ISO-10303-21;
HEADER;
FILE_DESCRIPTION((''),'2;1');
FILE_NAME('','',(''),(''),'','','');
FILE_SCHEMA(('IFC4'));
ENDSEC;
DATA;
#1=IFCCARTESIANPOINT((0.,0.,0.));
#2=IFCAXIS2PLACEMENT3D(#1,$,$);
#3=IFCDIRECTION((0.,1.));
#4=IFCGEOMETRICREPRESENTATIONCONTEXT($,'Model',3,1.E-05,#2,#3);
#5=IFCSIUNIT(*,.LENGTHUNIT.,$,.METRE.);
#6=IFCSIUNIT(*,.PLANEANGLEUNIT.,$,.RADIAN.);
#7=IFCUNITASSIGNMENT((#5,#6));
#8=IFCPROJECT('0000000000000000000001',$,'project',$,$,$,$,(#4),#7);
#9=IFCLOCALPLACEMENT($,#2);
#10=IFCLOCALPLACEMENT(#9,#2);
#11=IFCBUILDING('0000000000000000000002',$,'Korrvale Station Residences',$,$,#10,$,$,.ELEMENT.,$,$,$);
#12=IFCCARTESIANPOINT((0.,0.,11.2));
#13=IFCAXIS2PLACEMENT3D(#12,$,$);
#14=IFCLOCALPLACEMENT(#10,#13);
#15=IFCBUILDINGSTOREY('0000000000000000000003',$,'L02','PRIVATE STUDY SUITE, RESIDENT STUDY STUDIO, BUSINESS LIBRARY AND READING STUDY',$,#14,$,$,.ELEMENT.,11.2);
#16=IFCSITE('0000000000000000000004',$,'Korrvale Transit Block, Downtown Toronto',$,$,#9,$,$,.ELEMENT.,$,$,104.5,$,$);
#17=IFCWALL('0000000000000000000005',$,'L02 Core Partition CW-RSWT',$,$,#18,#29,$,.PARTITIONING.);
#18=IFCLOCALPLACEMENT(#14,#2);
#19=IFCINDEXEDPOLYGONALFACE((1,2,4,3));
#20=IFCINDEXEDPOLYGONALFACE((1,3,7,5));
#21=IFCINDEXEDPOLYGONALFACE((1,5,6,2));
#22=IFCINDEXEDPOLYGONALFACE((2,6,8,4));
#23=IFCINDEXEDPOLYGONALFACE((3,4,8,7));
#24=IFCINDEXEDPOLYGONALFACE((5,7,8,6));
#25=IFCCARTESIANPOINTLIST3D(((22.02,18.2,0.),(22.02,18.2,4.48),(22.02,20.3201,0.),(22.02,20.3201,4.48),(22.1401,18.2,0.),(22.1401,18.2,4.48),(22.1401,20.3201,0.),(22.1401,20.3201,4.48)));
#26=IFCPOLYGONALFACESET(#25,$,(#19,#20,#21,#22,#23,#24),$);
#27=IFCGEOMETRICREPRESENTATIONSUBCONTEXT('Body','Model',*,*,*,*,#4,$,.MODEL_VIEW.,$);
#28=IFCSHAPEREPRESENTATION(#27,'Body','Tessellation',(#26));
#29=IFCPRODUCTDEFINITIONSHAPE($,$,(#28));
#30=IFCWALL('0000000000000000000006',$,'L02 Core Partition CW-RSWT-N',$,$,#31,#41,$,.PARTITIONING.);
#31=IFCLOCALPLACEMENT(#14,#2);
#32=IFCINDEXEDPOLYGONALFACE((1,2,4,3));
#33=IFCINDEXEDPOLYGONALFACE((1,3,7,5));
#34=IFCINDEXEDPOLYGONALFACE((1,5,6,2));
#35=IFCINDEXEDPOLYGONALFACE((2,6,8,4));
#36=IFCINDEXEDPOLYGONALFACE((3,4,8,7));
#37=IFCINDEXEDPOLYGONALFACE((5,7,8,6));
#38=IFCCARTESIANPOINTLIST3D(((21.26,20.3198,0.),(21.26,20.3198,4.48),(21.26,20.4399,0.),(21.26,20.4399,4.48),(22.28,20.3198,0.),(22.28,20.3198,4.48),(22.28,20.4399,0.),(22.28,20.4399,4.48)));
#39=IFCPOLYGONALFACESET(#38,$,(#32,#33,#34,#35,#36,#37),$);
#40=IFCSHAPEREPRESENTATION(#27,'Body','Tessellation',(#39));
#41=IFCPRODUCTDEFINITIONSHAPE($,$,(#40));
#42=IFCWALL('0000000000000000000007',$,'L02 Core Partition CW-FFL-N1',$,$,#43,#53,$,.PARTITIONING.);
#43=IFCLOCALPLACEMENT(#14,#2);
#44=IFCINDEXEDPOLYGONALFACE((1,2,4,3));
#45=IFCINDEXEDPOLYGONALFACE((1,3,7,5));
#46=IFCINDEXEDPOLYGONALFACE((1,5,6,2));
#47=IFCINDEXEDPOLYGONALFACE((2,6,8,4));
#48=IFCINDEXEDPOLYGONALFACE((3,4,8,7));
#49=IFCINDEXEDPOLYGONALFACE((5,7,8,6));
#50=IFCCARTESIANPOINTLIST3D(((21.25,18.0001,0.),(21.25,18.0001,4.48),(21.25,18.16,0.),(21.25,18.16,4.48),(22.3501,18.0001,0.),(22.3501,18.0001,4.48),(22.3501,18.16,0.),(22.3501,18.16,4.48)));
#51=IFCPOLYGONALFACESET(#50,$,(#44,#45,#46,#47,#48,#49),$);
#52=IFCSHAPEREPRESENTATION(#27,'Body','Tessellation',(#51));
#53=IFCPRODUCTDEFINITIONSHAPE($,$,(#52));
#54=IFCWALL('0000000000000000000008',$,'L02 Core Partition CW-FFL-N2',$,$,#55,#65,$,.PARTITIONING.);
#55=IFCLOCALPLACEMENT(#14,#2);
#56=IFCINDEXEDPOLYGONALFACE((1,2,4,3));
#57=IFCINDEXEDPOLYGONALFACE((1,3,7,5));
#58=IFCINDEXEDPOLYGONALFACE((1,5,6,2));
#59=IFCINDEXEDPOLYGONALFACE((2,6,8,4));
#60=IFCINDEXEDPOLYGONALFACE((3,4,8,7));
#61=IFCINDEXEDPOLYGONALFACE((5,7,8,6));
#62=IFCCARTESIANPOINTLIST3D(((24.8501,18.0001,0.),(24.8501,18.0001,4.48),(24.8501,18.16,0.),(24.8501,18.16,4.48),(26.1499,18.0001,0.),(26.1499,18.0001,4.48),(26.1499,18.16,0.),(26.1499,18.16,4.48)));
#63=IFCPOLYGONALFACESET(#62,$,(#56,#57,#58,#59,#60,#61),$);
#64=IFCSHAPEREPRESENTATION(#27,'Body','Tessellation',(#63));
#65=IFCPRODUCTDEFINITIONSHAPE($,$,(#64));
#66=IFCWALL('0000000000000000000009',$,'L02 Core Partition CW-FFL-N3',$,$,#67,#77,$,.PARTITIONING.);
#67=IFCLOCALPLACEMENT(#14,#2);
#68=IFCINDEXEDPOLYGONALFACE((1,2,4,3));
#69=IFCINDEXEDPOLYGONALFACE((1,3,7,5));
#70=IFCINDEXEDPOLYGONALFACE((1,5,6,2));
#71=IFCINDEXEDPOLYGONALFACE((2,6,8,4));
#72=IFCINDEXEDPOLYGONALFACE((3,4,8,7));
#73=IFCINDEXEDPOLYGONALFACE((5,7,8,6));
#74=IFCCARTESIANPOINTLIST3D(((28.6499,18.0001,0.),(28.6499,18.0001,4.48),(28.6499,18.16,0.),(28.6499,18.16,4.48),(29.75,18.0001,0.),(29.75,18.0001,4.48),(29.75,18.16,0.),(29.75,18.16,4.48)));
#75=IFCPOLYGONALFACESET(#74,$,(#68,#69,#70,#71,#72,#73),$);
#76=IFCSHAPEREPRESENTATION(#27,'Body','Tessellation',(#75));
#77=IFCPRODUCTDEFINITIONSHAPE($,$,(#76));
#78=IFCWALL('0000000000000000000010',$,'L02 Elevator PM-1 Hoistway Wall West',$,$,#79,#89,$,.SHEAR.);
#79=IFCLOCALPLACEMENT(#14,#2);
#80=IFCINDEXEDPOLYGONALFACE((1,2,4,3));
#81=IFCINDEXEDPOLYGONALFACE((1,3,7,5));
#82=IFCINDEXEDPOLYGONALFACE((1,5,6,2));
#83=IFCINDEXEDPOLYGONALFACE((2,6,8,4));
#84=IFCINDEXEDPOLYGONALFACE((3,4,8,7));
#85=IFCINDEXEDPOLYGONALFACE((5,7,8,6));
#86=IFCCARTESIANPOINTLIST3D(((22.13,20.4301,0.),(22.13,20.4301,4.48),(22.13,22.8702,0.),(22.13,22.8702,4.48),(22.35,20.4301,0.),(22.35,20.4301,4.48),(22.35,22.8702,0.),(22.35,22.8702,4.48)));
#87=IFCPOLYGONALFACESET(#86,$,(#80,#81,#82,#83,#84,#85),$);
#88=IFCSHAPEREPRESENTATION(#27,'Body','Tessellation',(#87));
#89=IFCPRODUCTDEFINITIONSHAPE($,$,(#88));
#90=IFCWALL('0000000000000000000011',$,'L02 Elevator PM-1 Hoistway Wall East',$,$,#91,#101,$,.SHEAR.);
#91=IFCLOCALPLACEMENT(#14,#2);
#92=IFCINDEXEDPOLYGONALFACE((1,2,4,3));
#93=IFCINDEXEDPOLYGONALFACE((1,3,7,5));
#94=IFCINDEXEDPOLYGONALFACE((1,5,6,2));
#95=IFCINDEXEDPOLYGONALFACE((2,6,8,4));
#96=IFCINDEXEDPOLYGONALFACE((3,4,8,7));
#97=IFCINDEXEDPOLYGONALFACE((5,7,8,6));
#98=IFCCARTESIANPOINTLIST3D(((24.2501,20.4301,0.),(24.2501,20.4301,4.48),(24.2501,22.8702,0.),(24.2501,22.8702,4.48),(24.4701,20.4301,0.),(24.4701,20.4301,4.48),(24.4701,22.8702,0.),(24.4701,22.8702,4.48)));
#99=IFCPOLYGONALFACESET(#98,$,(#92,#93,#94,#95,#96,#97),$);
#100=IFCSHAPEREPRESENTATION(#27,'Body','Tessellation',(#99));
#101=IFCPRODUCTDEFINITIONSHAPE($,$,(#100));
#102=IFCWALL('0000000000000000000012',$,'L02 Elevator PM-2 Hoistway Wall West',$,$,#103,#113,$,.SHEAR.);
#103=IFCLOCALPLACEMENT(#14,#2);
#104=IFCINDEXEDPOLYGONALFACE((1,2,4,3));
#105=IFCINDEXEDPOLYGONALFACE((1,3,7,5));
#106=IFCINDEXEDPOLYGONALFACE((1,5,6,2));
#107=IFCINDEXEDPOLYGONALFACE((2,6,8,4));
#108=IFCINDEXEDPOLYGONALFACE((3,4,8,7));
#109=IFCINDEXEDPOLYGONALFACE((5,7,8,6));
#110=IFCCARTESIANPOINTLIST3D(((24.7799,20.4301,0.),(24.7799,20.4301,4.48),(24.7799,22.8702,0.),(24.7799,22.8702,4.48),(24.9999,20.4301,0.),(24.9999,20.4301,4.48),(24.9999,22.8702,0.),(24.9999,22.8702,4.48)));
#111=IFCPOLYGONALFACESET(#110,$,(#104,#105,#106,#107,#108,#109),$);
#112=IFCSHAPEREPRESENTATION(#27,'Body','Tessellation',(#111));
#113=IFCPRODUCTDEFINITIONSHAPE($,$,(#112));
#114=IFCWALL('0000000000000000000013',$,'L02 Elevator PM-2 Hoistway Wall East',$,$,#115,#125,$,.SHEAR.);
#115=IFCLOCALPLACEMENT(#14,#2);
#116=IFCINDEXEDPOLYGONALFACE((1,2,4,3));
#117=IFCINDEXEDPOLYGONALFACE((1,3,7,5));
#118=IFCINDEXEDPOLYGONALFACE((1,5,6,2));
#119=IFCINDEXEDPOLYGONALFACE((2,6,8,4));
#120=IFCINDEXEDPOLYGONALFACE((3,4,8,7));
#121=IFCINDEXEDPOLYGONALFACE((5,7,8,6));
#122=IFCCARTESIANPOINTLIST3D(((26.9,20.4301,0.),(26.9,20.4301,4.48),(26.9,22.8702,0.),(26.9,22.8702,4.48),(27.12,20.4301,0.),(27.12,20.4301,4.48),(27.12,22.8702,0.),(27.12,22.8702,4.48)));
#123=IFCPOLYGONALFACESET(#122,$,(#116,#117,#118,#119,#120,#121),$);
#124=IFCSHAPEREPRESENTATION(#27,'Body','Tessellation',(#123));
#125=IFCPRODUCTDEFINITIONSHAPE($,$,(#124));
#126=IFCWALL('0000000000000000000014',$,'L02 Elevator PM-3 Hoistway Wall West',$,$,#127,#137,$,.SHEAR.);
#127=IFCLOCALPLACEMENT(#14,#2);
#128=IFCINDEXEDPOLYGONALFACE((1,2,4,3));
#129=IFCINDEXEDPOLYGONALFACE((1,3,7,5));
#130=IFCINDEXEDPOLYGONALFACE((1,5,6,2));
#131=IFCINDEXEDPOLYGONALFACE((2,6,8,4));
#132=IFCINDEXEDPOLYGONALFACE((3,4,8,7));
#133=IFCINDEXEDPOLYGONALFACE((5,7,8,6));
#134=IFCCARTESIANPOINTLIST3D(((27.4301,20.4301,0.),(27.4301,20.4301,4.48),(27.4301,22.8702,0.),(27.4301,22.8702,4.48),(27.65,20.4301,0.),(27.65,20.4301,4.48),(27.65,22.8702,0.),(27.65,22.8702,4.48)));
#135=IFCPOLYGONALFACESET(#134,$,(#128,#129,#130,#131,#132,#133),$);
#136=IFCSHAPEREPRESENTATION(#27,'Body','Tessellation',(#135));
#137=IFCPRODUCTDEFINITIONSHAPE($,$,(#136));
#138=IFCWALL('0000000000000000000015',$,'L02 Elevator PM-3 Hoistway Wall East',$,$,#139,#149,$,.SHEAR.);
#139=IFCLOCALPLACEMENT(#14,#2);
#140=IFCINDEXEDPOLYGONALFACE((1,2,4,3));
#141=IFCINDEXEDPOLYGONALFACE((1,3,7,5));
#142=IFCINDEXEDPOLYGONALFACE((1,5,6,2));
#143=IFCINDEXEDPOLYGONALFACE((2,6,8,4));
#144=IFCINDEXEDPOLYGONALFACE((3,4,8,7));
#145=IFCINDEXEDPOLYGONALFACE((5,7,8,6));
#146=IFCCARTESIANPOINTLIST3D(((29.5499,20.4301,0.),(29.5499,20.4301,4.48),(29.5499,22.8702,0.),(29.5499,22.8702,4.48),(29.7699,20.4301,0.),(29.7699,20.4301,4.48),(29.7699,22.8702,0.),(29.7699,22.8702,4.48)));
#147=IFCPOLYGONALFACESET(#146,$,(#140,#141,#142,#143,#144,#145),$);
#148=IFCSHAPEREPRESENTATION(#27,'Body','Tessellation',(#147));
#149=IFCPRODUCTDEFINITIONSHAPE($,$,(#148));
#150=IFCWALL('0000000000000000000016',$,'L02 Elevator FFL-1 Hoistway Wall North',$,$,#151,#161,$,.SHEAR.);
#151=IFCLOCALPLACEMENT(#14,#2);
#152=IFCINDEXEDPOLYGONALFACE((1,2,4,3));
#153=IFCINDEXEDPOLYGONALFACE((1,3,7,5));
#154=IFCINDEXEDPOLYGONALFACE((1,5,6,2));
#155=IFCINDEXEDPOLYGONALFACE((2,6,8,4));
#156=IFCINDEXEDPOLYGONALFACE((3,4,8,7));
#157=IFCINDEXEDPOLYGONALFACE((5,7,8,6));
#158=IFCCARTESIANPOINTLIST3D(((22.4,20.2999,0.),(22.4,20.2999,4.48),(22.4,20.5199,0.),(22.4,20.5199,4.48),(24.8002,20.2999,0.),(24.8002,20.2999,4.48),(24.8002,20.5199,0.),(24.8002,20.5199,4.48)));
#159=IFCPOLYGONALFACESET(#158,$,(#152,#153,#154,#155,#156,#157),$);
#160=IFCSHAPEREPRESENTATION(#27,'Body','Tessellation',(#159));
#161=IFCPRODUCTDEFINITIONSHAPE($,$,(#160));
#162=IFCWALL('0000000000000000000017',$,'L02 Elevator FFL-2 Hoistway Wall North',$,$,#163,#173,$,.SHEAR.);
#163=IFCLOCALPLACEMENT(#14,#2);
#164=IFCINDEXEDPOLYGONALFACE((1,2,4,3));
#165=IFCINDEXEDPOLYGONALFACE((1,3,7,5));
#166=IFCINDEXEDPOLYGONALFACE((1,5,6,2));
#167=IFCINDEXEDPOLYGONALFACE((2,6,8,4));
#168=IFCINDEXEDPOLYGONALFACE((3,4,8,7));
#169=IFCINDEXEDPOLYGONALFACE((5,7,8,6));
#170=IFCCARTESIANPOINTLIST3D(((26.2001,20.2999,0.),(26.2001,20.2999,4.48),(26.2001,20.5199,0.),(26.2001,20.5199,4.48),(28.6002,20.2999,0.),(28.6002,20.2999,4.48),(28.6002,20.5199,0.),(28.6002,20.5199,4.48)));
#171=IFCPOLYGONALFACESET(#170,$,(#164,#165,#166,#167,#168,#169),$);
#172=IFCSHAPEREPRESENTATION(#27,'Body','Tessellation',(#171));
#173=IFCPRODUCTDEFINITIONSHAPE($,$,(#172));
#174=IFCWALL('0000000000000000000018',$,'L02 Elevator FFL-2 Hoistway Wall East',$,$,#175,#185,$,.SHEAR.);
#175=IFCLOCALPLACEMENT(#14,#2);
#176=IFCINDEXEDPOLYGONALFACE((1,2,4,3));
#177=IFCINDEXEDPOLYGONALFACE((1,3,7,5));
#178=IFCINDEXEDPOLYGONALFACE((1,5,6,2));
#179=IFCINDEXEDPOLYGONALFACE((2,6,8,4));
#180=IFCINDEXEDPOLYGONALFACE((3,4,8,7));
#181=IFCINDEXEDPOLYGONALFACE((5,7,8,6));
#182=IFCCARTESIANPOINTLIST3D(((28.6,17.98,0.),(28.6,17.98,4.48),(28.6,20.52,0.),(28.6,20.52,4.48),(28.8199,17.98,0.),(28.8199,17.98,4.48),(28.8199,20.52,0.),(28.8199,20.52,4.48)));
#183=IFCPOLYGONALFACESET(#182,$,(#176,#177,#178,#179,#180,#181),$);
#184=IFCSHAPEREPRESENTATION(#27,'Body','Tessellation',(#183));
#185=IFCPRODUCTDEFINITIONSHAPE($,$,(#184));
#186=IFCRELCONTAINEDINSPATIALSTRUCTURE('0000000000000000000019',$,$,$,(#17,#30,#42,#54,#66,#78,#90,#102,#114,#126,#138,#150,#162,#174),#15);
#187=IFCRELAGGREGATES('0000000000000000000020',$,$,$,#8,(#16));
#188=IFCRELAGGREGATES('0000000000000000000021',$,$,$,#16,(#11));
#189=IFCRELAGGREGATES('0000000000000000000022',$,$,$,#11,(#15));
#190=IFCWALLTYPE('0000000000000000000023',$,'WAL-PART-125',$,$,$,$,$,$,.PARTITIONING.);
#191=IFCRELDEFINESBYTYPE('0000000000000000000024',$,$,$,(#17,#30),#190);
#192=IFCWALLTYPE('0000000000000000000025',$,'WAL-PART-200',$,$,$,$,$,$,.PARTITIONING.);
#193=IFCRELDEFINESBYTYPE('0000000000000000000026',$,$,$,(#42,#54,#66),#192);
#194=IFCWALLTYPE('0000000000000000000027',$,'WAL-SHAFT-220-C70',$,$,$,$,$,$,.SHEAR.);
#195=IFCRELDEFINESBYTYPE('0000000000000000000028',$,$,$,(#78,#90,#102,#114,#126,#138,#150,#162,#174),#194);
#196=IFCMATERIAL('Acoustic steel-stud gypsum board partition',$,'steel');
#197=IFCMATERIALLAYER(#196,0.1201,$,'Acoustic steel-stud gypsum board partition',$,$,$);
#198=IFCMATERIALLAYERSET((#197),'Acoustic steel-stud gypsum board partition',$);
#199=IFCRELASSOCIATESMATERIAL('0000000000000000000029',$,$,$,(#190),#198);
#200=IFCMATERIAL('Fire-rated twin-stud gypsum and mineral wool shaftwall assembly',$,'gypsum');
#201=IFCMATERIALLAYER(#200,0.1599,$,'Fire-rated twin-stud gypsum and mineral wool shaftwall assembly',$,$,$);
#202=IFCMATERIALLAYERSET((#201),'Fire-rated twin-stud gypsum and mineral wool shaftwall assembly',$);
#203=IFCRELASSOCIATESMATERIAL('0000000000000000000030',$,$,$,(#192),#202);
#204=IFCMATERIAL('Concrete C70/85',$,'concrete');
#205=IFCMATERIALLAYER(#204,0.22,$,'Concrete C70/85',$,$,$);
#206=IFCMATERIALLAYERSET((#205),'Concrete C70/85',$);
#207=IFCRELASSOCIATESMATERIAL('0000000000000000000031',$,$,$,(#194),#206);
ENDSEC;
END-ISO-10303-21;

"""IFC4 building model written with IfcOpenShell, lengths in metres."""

from ifc_helpers import new_model, si_unit, direction, frame, frame_2d, origin, place, context, subcontext, project, spatial, rectangle, extrude, material, layer, layer_set, type_object, element, save


model = new_model("IFC4")

# Units and contexts
model_context = context("Model", 3, precision=1e-05, world=origin(), true_north=direction((0.0, 1.0)))
body_context = subcontext(model_context, "Body", "Model", "MODEL_VIEW")
ifc_project = project(units=[si_unit("LENGTHUNIT", "METRE"), si_unit("PLANEANGLEUNIT", "RADIAN")], contexts=[model_context])

# Site, building, storey
site_placement = place(None, origin())
site = spatial("IfcSite", under=ifc_project, at=site_placement, Name="Korrvale Transit Block, Downtown Toronto", CompositionType="ELEMENT", RefElevation=104.5)
building_placement = place(site_placement, origin())
building = spatial("IfcBuilding", under=site, at=building_placement, Name="Korrvale Station Residences", CompositionType="ELEMENT")
storey_placement = place(building_placement, frame((0.0, 0.0, 11.2)))
storey = spatial("IfcBuildingStorey", under=building, at=storey_placement, Name="L02", Description="PRIVATE STUDY SUITE, RESIDENT STUDY STUDIO, BUSINESS LIBRARY AND READING STUDY", CompositionType="ELEMENT", Elevation=11.2)

# Walls
ifc_material_1 = material(Name="Acoustic steel-stud gypsum board partition", Category="steel")
ifc_layer_1 = layer(ifc_material_1, 0.1201, Name="Acoustic steel-stud gypsum board partition")
ifc_layer_set_1 = layer_set([ifc_layer_1], Name="Acoustic steel-stud gypsum board partition")
wall_type_1 = type_object("IfcWallType", Name="WAL-PART-125", PredefinedType="PARTITIONING", material=ifc_layer_set_1)
wall_1_placement = place(storey_placement, frame((22.0801, 18.2, 0.0), z_axis=(0.0, 0.0, 1.0), x_axis=(0.0, 1.0, 0.0)))
element("IfcWall", 1, at=wall_1_placement, inside=storey, type_object=wall_type_1, Name="L02 Core Partition CW-RSWT", PredefinedType="PARTITIONING", context=body_context, shape_type="SweptSolid", body=[
    extrude(rectangle(XDim=2.1201, YDim=0.1201, at=frame_2d((1.0601, 0.0))), origin(), (0.0, 0.0, 1.0), 4.48),
])
wall_2_placement = place(storey_placement, frame((22.28, 20.3799, 0.0), z_axis=(0.0, 0.0, 1.0), x_axis=(-1.0, 0.0, 0.0)))
element("IfcWall", 2, at=wall_2_placement, inside=storey, type_object=wall_type_1, Name="L02 Core Partition CW-RSWT-N", PredefinedType="PARTITIONING", context=body_context, shape_type="SweptSolid", body=[
    extrude(rectangle(XDim=1.02, YDim=0.1201, at=frame_2d((0.51, 0.0))), origin(), (0.0, 0.0, 1.0), 4.48),
])
ifc_material_2 = material(Name="Fire-rated twin-stud gypsum and mineral wool shaftwall assembly", Category="gypsum")
ifc_layer_2 = layer(ifc_material_2, 0.1599, Name="Fire-rated twin-stud gypsum and mineral wool shaftwall assembly")
ifc_layer_set_2 = layer_set([ifc_layer_2], Name="Fire-rated twin-stud gypsum and mineral wool shaftwall assembly")
wall_type_2 = type_object("IfcWallType", Name="WAL-PART-200", PredefinedType="PARTITIONING", material=ifc_layer_set_2)
wall_3_placement = place(storey_placement, frame((21.25, 18.0801, 0.0), z_axis=(0.0, 0.0, 1.0), x_axis=(1.0, 0.0, 0.0)))
element("IfcWall", 3, at=wall_3_placement, inside=storey, type_object=wall_type_2, Name="L02 Core Partition CW-FFL-N1", PredefinedType="PARTITIONING", context=body_context, shape_type="SweptSolid", body=[
    extrude(rectangle(XDim=1.1001, YDim=0.1599, at=frame_2d((0.55, 0.0))), origin(), (0.0, 0.0, 1.0), 4.48),
])
wall_4_placement = place(storey_placement, frame((24.8501, 18.0801, 0.0), z_axis=(0.0, 0.0, 1.0), x_axis=(1.0, 0.0, 0.0)))
element("IfcWall", 4, at=wall_4_placement, inside=storey, type_object=wall_type_2, Name="L02 Core Partition CW-FFL-N2", PredefinedType="PARTITIONING", context=body_context, shape_type="SweptSolid", body=[
    extrude(rectangle(XDim=1.2998, YDim=0.1599, at=frame_2d((0.6499, 0.0))), origin(), (0.0, 0.0, 1.0), 4.48),
])
wall_5_placement = place(storey_placement, frame((28.6499, 18.0801, 0.0), z_axis=(0.0, 0.0, 1.0), x_axis=(1.0, 0.0, 0.0)))
element("IfcWall", 5, at=wall_5_placement, inside=storey, type_object=wall_type_2, Name="L02 Core Partition CW-FFL-N3", PredefinedType="PARTITIONING", context=body_context, shape_type="SweptSolid", body=[
    extrude(rectangle(XDim=1.1001, YDim=0.1599, at=frame_2d((0.55, 0.0))), origin(), (0.0, 0.0, 1.0), 4.48),
])
ifc_material_3 = material(Name="Concrete C70/85", Category="concrete")
ifc_layer_3 = layer(ifc_material_3, 0.22, Name="Concrete C70/85")
ifc_layer_set_3 = layer_set([ifc_layer_3], Name="Concrete C70/85")
wall_type_3 = type_object("IfcWallType", Name="WAL-SHAFT-220-C70", PredefinedType="SHEAR", material=ifc_layer_set_3)
for number, where, z_axis, x_axis, name in (
    (6, (22.24, 20.4299, 0.0), (0.0, 0.0, 1.0), (0.0, 1.0, 0.0), "L02 Elevator PM-1 Hoistway Wall West"),
    (7, (24.3601, 20.4299, 0.0), (0.0, 0.0, 1.0), (0.0, 1.0, 0.0), "L02 Elevator PM-1 Hoistway Wall East"),
    (8, (24.8899, 20.4299, 0.0), (0.0, 0.0, 1.0), (0.0, 1.0, 0.0), "L02 Elevator PM-2 Hoistway Wall West"),
    (9, (27.01, 20.4299, 0.0), (0.0, 0.0, 1.0), (0.0, 1.0, 0.0), "L02 Elevator PM-2 Hoistway Wall East"),
    (10, (27.54, 20.4299, 0.0), (0.0, 0.0, 1.0), (0.0, 1.0, 0.0), "L02 Elevator PM-3 Hoistway Wall West"),
    (11, (29.6599, 20.4299, 0.0), (0.0, 0.0, 1.0), (0.0, 1.0, 0.0), "L02 Elevator PM-3 Hoistway Wall East"),
):
    element("IfcWall", number, at=place(storey_placement, frame(where, z_axis=z_axis, x_axis=x_axis)), inside=storey, type_object=wall_type_3, Name=name, PredefinedType="SHEAR", context=body_context, shape_type="SweptSolid", body=[
        extrude(rectangle(XDim=2.4402, YDim=0.22, at=frame_2d((1.2202, 0.0))), origin(), (0.0, 0.0, 1.0), 4.48),
    ])

# Wall
wall_6_placement = place(storey_placement, frame((22.3999, 20.4099, 0.0), z_axis=(0.0, 0.0, 1.0), x_axis=(1.0, 0.0, 0.0)))
element("IfcWall", 12, at=wall_6_placement, inside=storey, type_object=wall_type_3, Name="L02 Elevator FFL-1 Hoistway Wall North", PredefinedType="SHEAR", context=body_context, shape_type="SweptSolid", body=[
    extrude(rectangle(XDim=2.4001, YDim=0.22, at=frame_2d((1.2002, 0.0))), origin(), (0.0, 0.0, 1.0), 4.48),
])

# Walls
wall_7_placement = place(storey_placement, frame((26.2, 20.4099, 0.0), z_axis=(0.0, 0.0, 1.0), x_axis=(1.0, 0.0, 0.0)))
element("IfcWall", 13, at=wall_7_placement, inside=storey, type_object=wall_type_3, Name="L02 Elevator FFL-2 Hoistway Wall North", PredefinedType="SHEAR", context=body_context, shape_type="SweptSolid", body=[
    extrude(rectangle(XDim=2.4001, YDim=0.22, at=frame_2d((1.2002, 0.0))), origin(), (0.0, 0.0, 1.0), 4.48),
])
wall_8_placement = place(storey_placement, frame((28.71, 17.98, 0.0), z_axis=(0.0, 0.0, 1.0), x_axis=(0.0, 1.0, 0.0)))
element("IfcWall", 14, at=wall_8_placement, inside=storey, type_object=wall_type_3, Name="L02 Elevator FFL-2 Hoistway Wall East", PredefinedType="SHEAR", context=body_context, shape_type="SweptSolid", body=[
    extrude(rectangle(XDim=2.54, YDim=0.22, at=frame_2d((1.27, 0.0))), origin(), (0.0, 0.0, 1.0), 4.48),
])

save(model, "model.ifc")
